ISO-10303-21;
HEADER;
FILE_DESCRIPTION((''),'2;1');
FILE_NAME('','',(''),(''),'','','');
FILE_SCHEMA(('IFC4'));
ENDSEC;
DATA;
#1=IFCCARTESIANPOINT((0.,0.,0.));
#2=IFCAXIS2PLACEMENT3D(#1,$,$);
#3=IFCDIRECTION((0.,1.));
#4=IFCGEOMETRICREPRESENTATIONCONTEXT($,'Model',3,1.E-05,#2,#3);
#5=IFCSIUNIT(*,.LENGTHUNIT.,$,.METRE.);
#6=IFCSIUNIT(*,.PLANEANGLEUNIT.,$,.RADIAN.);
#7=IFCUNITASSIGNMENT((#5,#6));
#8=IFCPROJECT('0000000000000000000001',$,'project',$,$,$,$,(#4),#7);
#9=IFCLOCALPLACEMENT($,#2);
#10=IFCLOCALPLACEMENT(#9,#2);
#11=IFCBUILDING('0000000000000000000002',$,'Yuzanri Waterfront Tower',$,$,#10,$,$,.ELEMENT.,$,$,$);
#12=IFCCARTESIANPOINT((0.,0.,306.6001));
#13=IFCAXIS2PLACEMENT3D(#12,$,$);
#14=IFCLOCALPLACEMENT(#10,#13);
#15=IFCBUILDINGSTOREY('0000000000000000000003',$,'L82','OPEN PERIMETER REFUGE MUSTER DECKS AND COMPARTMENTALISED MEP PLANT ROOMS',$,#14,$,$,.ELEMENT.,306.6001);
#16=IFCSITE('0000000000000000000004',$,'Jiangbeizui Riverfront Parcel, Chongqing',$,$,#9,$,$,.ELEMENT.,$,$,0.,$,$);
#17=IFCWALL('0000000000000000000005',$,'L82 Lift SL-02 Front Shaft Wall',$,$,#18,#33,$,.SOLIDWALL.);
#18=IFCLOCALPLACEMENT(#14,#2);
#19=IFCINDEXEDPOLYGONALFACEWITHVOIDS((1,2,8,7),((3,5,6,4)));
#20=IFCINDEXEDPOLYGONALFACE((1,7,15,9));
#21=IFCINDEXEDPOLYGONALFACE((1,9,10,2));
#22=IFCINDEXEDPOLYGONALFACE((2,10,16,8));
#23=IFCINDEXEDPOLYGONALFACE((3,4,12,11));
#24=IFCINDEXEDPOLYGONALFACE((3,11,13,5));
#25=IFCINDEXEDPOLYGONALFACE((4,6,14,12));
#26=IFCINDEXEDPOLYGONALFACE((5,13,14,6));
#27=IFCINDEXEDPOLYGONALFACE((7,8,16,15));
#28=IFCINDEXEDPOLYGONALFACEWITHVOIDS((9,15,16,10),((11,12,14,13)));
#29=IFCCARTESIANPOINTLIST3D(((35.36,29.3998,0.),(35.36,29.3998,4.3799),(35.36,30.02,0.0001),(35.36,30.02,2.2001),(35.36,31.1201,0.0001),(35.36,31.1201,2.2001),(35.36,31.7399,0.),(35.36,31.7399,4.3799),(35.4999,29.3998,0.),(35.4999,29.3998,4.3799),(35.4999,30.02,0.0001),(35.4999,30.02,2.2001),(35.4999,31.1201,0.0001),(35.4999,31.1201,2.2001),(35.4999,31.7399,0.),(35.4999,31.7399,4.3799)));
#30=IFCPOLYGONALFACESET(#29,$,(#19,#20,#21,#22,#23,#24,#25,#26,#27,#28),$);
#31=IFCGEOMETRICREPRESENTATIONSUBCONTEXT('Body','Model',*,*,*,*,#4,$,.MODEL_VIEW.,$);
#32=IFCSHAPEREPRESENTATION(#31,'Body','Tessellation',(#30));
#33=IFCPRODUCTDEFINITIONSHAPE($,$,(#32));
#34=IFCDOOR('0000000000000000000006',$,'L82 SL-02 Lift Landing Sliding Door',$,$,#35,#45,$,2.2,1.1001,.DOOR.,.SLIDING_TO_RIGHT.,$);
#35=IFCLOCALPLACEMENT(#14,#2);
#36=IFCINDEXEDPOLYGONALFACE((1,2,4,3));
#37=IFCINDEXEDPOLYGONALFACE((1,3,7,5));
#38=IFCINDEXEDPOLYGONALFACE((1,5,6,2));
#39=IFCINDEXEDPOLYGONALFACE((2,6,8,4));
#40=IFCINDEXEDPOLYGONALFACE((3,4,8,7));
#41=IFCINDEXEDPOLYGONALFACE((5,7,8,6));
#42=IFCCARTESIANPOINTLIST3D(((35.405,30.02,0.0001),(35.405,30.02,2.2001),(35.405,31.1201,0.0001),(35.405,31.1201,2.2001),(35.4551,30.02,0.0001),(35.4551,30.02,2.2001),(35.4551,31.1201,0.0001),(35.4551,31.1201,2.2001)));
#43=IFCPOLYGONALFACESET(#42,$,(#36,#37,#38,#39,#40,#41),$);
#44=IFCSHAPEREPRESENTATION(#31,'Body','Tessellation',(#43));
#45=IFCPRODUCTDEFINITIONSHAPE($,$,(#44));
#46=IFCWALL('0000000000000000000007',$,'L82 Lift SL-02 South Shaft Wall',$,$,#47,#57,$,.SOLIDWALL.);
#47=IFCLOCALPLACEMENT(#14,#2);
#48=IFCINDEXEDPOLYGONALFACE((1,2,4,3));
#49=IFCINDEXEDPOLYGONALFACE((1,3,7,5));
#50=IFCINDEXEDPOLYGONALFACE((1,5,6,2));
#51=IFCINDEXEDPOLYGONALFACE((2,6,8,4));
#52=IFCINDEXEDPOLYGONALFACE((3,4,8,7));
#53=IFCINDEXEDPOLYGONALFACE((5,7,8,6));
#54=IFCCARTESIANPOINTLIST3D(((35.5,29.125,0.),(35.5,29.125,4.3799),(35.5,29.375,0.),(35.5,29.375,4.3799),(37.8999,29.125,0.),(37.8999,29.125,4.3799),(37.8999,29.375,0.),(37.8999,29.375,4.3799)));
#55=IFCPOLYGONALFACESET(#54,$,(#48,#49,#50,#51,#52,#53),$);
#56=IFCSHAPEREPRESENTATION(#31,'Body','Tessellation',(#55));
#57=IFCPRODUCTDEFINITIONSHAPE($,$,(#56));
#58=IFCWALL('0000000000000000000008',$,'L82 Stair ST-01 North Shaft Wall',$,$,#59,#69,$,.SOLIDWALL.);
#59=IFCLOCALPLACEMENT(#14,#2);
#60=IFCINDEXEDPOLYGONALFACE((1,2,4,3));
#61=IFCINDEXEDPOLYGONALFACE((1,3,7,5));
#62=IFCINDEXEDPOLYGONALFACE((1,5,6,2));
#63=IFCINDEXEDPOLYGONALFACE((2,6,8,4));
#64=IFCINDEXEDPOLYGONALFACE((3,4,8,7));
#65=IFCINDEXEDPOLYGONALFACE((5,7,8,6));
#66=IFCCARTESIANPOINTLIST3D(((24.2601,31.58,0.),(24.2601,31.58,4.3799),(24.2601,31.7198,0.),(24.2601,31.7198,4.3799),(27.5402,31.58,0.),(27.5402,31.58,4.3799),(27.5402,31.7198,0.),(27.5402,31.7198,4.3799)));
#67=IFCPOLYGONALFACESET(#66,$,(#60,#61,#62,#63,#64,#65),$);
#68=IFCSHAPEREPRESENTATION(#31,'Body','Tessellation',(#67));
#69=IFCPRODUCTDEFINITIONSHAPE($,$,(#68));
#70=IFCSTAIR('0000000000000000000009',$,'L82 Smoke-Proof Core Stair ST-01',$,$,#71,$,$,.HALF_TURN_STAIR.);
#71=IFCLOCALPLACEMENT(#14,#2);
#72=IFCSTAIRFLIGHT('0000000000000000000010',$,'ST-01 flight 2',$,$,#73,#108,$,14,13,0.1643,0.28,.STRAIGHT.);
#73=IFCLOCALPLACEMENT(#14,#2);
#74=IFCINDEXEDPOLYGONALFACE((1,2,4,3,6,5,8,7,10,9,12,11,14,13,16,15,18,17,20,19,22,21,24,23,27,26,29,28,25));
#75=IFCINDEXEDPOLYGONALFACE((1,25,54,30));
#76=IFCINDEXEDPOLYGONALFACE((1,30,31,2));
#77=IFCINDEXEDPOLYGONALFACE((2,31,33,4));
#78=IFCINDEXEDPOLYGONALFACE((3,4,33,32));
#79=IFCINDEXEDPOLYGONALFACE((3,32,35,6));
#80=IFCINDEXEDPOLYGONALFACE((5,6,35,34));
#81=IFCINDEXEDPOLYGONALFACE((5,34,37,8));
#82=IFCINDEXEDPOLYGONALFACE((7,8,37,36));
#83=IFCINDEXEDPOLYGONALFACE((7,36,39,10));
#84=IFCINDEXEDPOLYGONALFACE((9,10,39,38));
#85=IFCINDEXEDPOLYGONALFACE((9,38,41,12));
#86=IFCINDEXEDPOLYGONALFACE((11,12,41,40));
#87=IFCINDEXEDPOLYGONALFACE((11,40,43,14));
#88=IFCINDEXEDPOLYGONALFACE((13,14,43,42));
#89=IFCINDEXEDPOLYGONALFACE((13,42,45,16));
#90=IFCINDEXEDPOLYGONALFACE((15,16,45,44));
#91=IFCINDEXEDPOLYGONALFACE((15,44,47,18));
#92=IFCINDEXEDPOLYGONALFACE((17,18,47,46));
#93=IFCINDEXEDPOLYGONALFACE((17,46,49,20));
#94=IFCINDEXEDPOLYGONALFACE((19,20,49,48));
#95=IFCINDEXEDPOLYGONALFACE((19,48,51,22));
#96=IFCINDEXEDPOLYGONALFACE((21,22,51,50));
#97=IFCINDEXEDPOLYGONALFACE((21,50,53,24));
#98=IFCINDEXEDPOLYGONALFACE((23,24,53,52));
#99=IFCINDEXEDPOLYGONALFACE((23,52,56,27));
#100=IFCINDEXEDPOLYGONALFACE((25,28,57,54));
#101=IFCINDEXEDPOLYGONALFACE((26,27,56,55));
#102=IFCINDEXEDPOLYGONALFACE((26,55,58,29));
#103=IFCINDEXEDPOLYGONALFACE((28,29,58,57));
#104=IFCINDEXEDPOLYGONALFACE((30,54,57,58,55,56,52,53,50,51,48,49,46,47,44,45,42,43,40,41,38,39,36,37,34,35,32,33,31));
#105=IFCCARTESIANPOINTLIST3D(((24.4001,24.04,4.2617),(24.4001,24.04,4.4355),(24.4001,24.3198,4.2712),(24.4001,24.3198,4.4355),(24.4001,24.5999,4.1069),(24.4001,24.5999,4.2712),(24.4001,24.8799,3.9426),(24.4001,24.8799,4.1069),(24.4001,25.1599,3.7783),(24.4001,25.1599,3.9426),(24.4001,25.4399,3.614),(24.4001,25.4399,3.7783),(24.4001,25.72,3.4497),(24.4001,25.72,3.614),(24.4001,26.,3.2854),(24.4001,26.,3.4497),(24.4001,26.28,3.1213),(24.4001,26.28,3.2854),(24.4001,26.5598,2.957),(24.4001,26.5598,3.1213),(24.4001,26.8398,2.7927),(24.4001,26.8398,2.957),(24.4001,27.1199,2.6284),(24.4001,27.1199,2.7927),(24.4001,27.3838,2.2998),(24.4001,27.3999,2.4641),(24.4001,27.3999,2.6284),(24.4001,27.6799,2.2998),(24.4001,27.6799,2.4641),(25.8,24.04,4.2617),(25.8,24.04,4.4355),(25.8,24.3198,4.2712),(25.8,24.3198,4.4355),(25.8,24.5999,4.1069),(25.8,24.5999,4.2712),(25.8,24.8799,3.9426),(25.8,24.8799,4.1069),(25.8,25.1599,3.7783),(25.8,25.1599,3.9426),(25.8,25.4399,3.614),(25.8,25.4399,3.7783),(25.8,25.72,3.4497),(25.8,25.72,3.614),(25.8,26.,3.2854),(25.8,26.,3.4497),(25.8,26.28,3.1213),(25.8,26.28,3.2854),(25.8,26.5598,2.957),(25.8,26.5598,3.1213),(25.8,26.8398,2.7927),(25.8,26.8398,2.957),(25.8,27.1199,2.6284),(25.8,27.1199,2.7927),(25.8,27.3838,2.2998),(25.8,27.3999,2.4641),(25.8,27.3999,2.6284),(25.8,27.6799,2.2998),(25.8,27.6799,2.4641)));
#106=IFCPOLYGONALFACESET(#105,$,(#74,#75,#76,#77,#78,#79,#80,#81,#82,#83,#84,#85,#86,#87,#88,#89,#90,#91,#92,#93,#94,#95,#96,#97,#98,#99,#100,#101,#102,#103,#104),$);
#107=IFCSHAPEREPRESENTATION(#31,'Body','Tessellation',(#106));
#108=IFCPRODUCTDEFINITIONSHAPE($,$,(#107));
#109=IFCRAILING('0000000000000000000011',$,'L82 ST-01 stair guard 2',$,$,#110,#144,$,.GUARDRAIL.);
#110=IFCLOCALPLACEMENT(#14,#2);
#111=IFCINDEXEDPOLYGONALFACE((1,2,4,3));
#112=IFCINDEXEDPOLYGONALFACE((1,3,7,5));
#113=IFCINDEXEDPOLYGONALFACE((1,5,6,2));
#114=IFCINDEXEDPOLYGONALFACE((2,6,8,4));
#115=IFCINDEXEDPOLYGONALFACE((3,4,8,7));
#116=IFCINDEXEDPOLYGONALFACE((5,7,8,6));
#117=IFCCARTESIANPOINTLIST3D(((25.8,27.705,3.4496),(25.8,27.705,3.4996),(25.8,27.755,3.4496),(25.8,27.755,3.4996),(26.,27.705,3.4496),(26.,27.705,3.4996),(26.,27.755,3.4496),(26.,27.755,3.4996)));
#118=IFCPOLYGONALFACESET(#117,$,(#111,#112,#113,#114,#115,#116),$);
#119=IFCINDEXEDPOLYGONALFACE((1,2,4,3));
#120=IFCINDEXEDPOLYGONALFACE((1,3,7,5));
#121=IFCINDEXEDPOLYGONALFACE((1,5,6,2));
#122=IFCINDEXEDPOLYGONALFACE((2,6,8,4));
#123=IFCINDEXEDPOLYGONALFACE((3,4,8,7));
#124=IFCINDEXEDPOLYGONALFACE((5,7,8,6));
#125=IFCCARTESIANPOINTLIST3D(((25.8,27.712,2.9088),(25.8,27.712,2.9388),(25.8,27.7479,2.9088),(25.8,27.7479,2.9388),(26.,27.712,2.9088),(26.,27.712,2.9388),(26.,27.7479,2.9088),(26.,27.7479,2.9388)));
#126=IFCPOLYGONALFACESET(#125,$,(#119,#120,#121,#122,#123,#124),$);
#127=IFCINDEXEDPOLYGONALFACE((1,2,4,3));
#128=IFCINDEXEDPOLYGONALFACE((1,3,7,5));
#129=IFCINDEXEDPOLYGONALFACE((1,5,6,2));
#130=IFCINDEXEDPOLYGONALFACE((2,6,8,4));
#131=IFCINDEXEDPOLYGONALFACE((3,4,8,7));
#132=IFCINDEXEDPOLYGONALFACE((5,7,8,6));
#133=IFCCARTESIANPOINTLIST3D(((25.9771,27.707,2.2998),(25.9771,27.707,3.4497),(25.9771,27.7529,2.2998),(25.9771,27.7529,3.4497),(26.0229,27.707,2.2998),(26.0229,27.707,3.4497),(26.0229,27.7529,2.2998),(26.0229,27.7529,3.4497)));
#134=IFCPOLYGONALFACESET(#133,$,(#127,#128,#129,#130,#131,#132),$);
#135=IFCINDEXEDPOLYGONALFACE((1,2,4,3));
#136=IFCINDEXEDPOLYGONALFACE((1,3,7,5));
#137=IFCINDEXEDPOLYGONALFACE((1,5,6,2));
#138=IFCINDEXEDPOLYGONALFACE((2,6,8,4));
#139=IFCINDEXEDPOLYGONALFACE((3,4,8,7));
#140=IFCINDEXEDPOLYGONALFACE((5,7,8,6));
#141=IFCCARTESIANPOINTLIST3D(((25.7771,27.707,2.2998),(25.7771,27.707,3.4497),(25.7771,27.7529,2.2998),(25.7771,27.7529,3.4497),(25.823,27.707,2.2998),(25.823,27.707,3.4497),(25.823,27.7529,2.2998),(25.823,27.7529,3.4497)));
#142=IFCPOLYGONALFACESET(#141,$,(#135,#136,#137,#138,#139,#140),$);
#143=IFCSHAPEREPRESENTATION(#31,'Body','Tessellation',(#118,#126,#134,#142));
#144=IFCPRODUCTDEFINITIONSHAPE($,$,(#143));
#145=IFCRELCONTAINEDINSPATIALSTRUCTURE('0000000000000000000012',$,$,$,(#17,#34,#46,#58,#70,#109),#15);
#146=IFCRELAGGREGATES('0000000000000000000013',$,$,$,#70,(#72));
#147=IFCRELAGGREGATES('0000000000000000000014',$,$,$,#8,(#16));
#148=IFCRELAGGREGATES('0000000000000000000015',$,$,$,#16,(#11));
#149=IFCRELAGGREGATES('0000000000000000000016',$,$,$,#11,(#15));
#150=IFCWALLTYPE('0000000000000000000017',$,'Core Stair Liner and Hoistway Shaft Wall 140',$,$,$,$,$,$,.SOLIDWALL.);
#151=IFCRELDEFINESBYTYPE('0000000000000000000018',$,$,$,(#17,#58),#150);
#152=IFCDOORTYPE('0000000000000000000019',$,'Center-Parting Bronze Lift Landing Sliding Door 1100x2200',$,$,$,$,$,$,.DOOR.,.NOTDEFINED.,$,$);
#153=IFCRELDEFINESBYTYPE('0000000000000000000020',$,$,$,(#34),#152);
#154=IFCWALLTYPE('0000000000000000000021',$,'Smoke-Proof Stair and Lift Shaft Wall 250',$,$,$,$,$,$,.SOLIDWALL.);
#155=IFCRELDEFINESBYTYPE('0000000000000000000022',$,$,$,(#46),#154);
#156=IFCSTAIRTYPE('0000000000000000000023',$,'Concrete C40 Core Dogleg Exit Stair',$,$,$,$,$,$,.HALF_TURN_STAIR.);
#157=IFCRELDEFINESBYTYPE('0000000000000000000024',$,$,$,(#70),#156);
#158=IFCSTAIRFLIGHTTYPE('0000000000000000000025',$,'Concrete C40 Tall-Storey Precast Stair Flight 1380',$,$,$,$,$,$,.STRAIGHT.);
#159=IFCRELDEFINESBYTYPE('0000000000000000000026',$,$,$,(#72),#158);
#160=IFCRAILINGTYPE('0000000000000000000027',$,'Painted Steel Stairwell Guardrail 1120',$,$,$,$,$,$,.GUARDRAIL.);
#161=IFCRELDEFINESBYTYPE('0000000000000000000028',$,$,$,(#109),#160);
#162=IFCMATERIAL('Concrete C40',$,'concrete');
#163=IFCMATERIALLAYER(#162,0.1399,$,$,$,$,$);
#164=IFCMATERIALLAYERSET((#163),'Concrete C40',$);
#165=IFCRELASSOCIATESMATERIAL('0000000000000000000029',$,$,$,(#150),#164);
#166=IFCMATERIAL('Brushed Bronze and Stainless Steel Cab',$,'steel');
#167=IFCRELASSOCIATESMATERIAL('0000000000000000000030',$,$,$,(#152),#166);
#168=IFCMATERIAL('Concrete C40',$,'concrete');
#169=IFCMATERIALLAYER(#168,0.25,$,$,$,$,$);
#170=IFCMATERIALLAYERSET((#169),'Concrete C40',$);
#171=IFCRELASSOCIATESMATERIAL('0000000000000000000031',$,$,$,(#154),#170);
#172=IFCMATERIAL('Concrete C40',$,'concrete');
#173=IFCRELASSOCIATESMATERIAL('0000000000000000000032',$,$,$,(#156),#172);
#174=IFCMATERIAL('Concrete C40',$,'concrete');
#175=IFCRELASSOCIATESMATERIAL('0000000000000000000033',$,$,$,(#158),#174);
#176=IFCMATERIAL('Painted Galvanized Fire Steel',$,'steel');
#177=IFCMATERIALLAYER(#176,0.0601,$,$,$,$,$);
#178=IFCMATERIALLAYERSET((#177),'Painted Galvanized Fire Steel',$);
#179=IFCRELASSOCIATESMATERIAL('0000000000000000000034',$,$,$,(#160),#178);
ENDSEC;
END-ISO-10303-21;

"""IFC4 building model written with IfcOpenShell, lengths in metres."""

from ifc_helpers import new_model, si_unit, direction, frame, frame_2d, origin, origin_2d, place, context, subcontext, project, spatial, polyline, rectangle, outline, extrude, source, transform, mapped, material, layer, layer_set, type_object, element, fill, aggregate, save


model = new_model("IFC4")

# Units and contexts
model_context = context("Model", 3, precision=1e-05, world=origin(), true_north=direction((0.0, 1.0)))
body_context = subcontext(model_context, "Body", "Model", "MODEL_VIEW")
ifc_project = project(units=[si_unit("LENGTHUNIT", "METRE"), si_unit("PLANEANGLEUNIT", "RADIAN")], contexts=[model_context])

# Site, building, storey
site_placement = place(None, origin())
site = spatial("IfcSite", under=ifc_project, at=site_placement, Name="Jiangbeizui Riverfront Parcel, Chongqing", CompositionType="ELEMENT", RefElevation=0.0)
building_placement = place(site_placement, origin())
building = spatial("IfcBuilding", under=site, at=building_placement, Name="Yuzanri Waterfront Tower", CompositionType="ELEMENT")
storey_placement = place(building_placement, frame((0.0, 0.0, 306.6001)))
storey = spatial("IfcBuildingStorey", under=building, at=storey_placement, Name="L82", Description="OPEN PERIMETER REFUGE MUSTER DECKS AND COMPARTMENTALISED MEP PLANT ROOMS", CompositionType="ELEMENT", Elevation=306.6001)

# Wall, opening, door
ifc_material_1 = material(Name="Concrete C40", Category="concrete")
ifc_layer_1 = layer(ifc_material_1, 0.1399)
ifc_layer_set_1 = layer_set([ifc_layer_1], Name="Concrete C40")
wall_type_1 = type_object("IfcWallType", Name="Core Stair Liner and Hoistway Shaft Wall 140", PredefinedType="SOLIDWALL", material=ifc_layer_set_1)
wall_1_placement = place(storey_placement, frame((35.4299, 29.3999, 0.0), z_axis=(0.0, 0.0, 1.0), x_axis=(0.0, 1.0, 0.0)))
wall_1 = element("IfcWall", 1, at=wall_1_placement, inside=storey, type_object=wall_type_1, Name="L82 Lift SL-02 Front Shaft Wall", PredefinedType="SOLIDWALL", context=body_context, shape_type="SweptSolid", body=[
    extrude(rectangle(XDim=2.3401, YDim=0.1399, at=frame_2d((1.1699, 0.0))), origin(), (0.0, 0.0, 1.0), 4.3799),
])
opening_1_placement = place(wall_1_placement, frame((0.6201, 0.0, 0.0)))
opening_1 = element("IfcOpeningElement", 2, at=opening_1_placement, cuts=wall_1, PredefinedType="OPENING", context=body_context, shape_type="SweptSolid", body=[
    extrude(rectangle(XDim=1.1001, YDim=2.2, at=frame_2d((0.55, 1.1001))), frame((0.0, 0.085, 0.0), z_axis=(0.0, -1.0, 0.0), x_axis=(1.0, 0.0, 0.0)), (0.0, 0.0, 1.0), 0.1697),
])
ifc_material_2 = material(Name="Brushed Bronze and Stainless Steel Cab", Category="steel")
door_type_1 = type_object("IfcDoorType", Name="Center-Parting Bronze Lift Landing Sliding Door 1100x2200", OperationType="NOTDEFINED", PredefinedType="DOOR", material=ifc_material_2)
shared_shape_1 = source(origin(), body_context, "Body", "SweptSolid", [
    extrude(rectangle(XDim=1.1001, YDim=2.2, at=frame_2d((0.55, 1.1001))), frame((0.0, 0.0249, 0.0), z_axis=(0.0, -1.0, 0.0), x_axis=(1.0, 0.0, 0.0)), (0.0, 0.0, 1.0), 0.05),
])
door_1_placement = place(opening_1_placement, origin())
door_1 = element("IfcDoor", 3, at=door_1_placement, inside=storey, type_object=door_type_1, Name="L82 SL-02 Lift Landing Sliding Door", OperationType="SLIDING_TO_RIGHT", OverallHeight=2.2, OverallWidth=1.1001, PredefinedType="DOOR", context=body_context, shape_type="MappedRepresentation", body=[
    mapped(shared_shape_1, transform((0.0, 0.0, 0.0), scale=1.0)),
])
fill(opening_1, door_1)

# Walls
ifc_material_3 = material(Name="Concrete C40", Category="concrete")
ifc_layer_2 = layer(ifc_material_3, 0.25)
ifc_layer_set_2 = layer_set([ifc_layer_2], Name="Concrete C40")
wall_type_2 = type_object("IfcWallType", Name="Smoke-Proof Stair and Lift Shaft Wall 250", PredefinedType="SOLIDWALL", material=ifc_layer_set_2)
shared_shape_2 = source(origin(), body_context, "Body", "SweptSolid", [
    extrude(rectangle(XDim=2.3999, YDim=0.25, at=frame_2d((1.2, 0.0))), origin(), (0.0, 0.0, 1.0), 4.3799),
])
wall_2_placement = place(storey_placement, frame((35.5, 29.25, 0.0), z_axis=(0.0, 0.0, 1.0), x_axis=(1.0, 0.0, 0.0)))
element("IfcWall", 4, at=wall_2_placement, inside=storey, type_object=wall_type_2, Name="L82 Lift SL-02 South Shaft Wall", PredefinedType="SOLIDWALL", context=body_context, shape_type="MappedRepresentation", body=[
    mapped(shared_shape_2, transform((0.0, 0.0, 0.0), scale=1.0)),
])
shared_shape_3 = source(origin(), body_context, "Body", "SweptSolid", [
    extrude(rectangle(XDim=3.28, YDim=0.1399, at=frame_2d((1.6401, 0.0))), origin(), (0.0, 0.0, 1.0), 4.3799),
])
wall_3_placement = place(storey_placement, frame((24.26, 31.6499, 0.0), z_axis=(0.0, 0.0, 1.0), x_axis=(1.0, 0.0, 0.0)))
element("IfcWall", 5, at=wall_3_placement, inside=storey, type_object=wall_type_1, Name="L82 Stair ST-01 North Shaft Wall", PredefinedType="SOLIDWALL", context=body_context, shape_type="MappedRepresentation", body=[
    mapped(shared_shape_3, transform((0.0, 0.0, 0.0), scale=1.0)),
])

# Stair, stair flight
ifc_material_4 = material(Name="Concrete C40", Category="concrete")
stair_type = type_object("IfcStairType", Name="Concrete C40 Core Dogleg Exit Stair", PredefinedType="HALF_TURN_STAIR", material=ifc_material_4)
stair_placement = place(storey_placement, origin())
stair = element("IfcStair", 6, at=stair_placement, inside=storey, type_object=stair_type, Name="L82 Smoke-Proof Core Stair ST-01", PredefinedType="HALF_TURN_STAIR")
ifc_material_5 = material(Name="Concrete C40", Category="concrete")
stair_flight_type = type_object("IfcStairFlightType", Name="Concrete C40 Tall-Storey Precast Stair Flight 1380", PredefinedType="STRAIGHT", material=ifc_material_5)
shared_shape_4 = source(origin(), body_context, "Body", "SweptSolid", [
    extrude(outline(polyline([(0.0, 0.0), (0.0, 0.1643), (0.28, 0.1643), (0.28, 0.3286), (0.5601, 0.3286), (0.5601, 0.4929), (0.8401, 0.4929), (0.8401, 0.6572), (1.1201, 0.6572), (1.1201, 0.8215), (1.3999, 0.8215), (1.3999, 0.9856), (1.6799, 0.9856), (1.6799, 1.1499), (1.96, 1.1499), (1.96, 1.3142), (2.24, 1.3142), (2.24, 1.4785), (2.52, 1.4785), (2.52, 1.6428), (2.8, 1.6428), (2.8, 1.8071), (3.0801, 1.8071), (3.0801, 1.9714), (3.3601, 1.9714), (3.3601, 2.1357), (3.6399, 2.1357), (3.6399, 2.3), (3.6399, 1.9619), (0.2961, 0.0), (0.0, 0.0)])), frame((0.0, 0.7, 0.0), z_axis=(0.0, -1.0, 0.0), x_axis=(1.0, 0.0, 0.0)), (0.0, 0.0, 1.0), 1.3999),
])
stair_flight_placement = place(storey_placement, frame((25.1001, 27.6799, 2.2998), z_axis=(0.0, 0.0, 1.0), x_axis=(0.0, -1.0, 0.0)))
stair_flight = element("IfcStairFlight", 7, at=stair_flight_placement, type_object=stair_flight_type, Name="ST-01 flight 2", NumberOfRisers=14, NumberOfTreads=13, PredefinedType="STRAIGHT", RiserHeight=0.1643, TreadLength=0.28, context=body_context, shape_type="MappedRepresentation", body=[
    mapped(shared_shape_4, transform((0.0, 0.0, 0.0), scale=1.0)),
])
aggregate(stair, [stair_flight])

# Railing
ifc_material_6 = material(Name="Painted Galvanized Fire Steel", Category="steel")
ifc_layer_3 = layer(ifc_material_6, 0.0601)
ifc_layer_set_3 = layer_set([ifc_layer_3], Name="Painted Galvanized Fire Steel")
railing_type_1 = type_object("IfcRailingType", Name="Painted Steel Stairwell Guardrail 1120", PredefinedType="GUARDRAIL", material=ifc_layer_set_3)
shared_shape_5 = source(origin(), body_context, "Body", "SweptSolid", [
    extrude(rectangle(XDim=0.05, YDim=0.05, at=origin_2d()), frame((0.0, 0.0, 1.1748), z_axis=(-1.0, 0.0, 0.0), x_axis=(0.0, -1.0, 0.0)), (0.0, 0.0, 1.0), 0.2),
    extrude(rectangle(XDim=0.0359, YDim=0.03, at=origin_2d()), frame((0.0, 0.0, 0.624), z_axis=(-1.0, 0.0, 0.0), x_axis=(0.0, -1.0, 0.0)), (0.0, 0.0, 1.0), 0.2),
    extrude(rectangle(XDim=0.0459, YDim=0.0459, at=origin_2d()), origin(), (0.0, 0.0, 1.0), 1.1499),
    extrude(rectangle(XDim=0.0459, YDim=0.0459, at=origin_2d()), frame((-0.2, 0.0, 0.0)), (0.0, 0.0, 1.0), 1.1499),
])
railing_1_placement = place(storey_placement, frame((26.0, 27.73, 2.2998)))
element("IfcRailing", 8, at=railing_1_placement, inside=storey, type_object=railing_type_1, Name="L82 ST-01 stair guard 2", PredefinedType="GUARDRAIL", context=body_context, shape_type="MappedRepresentation", body=[
    mapped(shared_shape_5, transform((0.0, 0.0, 0.0), scale=1.0)),
])

save(model, "model.ifc")
